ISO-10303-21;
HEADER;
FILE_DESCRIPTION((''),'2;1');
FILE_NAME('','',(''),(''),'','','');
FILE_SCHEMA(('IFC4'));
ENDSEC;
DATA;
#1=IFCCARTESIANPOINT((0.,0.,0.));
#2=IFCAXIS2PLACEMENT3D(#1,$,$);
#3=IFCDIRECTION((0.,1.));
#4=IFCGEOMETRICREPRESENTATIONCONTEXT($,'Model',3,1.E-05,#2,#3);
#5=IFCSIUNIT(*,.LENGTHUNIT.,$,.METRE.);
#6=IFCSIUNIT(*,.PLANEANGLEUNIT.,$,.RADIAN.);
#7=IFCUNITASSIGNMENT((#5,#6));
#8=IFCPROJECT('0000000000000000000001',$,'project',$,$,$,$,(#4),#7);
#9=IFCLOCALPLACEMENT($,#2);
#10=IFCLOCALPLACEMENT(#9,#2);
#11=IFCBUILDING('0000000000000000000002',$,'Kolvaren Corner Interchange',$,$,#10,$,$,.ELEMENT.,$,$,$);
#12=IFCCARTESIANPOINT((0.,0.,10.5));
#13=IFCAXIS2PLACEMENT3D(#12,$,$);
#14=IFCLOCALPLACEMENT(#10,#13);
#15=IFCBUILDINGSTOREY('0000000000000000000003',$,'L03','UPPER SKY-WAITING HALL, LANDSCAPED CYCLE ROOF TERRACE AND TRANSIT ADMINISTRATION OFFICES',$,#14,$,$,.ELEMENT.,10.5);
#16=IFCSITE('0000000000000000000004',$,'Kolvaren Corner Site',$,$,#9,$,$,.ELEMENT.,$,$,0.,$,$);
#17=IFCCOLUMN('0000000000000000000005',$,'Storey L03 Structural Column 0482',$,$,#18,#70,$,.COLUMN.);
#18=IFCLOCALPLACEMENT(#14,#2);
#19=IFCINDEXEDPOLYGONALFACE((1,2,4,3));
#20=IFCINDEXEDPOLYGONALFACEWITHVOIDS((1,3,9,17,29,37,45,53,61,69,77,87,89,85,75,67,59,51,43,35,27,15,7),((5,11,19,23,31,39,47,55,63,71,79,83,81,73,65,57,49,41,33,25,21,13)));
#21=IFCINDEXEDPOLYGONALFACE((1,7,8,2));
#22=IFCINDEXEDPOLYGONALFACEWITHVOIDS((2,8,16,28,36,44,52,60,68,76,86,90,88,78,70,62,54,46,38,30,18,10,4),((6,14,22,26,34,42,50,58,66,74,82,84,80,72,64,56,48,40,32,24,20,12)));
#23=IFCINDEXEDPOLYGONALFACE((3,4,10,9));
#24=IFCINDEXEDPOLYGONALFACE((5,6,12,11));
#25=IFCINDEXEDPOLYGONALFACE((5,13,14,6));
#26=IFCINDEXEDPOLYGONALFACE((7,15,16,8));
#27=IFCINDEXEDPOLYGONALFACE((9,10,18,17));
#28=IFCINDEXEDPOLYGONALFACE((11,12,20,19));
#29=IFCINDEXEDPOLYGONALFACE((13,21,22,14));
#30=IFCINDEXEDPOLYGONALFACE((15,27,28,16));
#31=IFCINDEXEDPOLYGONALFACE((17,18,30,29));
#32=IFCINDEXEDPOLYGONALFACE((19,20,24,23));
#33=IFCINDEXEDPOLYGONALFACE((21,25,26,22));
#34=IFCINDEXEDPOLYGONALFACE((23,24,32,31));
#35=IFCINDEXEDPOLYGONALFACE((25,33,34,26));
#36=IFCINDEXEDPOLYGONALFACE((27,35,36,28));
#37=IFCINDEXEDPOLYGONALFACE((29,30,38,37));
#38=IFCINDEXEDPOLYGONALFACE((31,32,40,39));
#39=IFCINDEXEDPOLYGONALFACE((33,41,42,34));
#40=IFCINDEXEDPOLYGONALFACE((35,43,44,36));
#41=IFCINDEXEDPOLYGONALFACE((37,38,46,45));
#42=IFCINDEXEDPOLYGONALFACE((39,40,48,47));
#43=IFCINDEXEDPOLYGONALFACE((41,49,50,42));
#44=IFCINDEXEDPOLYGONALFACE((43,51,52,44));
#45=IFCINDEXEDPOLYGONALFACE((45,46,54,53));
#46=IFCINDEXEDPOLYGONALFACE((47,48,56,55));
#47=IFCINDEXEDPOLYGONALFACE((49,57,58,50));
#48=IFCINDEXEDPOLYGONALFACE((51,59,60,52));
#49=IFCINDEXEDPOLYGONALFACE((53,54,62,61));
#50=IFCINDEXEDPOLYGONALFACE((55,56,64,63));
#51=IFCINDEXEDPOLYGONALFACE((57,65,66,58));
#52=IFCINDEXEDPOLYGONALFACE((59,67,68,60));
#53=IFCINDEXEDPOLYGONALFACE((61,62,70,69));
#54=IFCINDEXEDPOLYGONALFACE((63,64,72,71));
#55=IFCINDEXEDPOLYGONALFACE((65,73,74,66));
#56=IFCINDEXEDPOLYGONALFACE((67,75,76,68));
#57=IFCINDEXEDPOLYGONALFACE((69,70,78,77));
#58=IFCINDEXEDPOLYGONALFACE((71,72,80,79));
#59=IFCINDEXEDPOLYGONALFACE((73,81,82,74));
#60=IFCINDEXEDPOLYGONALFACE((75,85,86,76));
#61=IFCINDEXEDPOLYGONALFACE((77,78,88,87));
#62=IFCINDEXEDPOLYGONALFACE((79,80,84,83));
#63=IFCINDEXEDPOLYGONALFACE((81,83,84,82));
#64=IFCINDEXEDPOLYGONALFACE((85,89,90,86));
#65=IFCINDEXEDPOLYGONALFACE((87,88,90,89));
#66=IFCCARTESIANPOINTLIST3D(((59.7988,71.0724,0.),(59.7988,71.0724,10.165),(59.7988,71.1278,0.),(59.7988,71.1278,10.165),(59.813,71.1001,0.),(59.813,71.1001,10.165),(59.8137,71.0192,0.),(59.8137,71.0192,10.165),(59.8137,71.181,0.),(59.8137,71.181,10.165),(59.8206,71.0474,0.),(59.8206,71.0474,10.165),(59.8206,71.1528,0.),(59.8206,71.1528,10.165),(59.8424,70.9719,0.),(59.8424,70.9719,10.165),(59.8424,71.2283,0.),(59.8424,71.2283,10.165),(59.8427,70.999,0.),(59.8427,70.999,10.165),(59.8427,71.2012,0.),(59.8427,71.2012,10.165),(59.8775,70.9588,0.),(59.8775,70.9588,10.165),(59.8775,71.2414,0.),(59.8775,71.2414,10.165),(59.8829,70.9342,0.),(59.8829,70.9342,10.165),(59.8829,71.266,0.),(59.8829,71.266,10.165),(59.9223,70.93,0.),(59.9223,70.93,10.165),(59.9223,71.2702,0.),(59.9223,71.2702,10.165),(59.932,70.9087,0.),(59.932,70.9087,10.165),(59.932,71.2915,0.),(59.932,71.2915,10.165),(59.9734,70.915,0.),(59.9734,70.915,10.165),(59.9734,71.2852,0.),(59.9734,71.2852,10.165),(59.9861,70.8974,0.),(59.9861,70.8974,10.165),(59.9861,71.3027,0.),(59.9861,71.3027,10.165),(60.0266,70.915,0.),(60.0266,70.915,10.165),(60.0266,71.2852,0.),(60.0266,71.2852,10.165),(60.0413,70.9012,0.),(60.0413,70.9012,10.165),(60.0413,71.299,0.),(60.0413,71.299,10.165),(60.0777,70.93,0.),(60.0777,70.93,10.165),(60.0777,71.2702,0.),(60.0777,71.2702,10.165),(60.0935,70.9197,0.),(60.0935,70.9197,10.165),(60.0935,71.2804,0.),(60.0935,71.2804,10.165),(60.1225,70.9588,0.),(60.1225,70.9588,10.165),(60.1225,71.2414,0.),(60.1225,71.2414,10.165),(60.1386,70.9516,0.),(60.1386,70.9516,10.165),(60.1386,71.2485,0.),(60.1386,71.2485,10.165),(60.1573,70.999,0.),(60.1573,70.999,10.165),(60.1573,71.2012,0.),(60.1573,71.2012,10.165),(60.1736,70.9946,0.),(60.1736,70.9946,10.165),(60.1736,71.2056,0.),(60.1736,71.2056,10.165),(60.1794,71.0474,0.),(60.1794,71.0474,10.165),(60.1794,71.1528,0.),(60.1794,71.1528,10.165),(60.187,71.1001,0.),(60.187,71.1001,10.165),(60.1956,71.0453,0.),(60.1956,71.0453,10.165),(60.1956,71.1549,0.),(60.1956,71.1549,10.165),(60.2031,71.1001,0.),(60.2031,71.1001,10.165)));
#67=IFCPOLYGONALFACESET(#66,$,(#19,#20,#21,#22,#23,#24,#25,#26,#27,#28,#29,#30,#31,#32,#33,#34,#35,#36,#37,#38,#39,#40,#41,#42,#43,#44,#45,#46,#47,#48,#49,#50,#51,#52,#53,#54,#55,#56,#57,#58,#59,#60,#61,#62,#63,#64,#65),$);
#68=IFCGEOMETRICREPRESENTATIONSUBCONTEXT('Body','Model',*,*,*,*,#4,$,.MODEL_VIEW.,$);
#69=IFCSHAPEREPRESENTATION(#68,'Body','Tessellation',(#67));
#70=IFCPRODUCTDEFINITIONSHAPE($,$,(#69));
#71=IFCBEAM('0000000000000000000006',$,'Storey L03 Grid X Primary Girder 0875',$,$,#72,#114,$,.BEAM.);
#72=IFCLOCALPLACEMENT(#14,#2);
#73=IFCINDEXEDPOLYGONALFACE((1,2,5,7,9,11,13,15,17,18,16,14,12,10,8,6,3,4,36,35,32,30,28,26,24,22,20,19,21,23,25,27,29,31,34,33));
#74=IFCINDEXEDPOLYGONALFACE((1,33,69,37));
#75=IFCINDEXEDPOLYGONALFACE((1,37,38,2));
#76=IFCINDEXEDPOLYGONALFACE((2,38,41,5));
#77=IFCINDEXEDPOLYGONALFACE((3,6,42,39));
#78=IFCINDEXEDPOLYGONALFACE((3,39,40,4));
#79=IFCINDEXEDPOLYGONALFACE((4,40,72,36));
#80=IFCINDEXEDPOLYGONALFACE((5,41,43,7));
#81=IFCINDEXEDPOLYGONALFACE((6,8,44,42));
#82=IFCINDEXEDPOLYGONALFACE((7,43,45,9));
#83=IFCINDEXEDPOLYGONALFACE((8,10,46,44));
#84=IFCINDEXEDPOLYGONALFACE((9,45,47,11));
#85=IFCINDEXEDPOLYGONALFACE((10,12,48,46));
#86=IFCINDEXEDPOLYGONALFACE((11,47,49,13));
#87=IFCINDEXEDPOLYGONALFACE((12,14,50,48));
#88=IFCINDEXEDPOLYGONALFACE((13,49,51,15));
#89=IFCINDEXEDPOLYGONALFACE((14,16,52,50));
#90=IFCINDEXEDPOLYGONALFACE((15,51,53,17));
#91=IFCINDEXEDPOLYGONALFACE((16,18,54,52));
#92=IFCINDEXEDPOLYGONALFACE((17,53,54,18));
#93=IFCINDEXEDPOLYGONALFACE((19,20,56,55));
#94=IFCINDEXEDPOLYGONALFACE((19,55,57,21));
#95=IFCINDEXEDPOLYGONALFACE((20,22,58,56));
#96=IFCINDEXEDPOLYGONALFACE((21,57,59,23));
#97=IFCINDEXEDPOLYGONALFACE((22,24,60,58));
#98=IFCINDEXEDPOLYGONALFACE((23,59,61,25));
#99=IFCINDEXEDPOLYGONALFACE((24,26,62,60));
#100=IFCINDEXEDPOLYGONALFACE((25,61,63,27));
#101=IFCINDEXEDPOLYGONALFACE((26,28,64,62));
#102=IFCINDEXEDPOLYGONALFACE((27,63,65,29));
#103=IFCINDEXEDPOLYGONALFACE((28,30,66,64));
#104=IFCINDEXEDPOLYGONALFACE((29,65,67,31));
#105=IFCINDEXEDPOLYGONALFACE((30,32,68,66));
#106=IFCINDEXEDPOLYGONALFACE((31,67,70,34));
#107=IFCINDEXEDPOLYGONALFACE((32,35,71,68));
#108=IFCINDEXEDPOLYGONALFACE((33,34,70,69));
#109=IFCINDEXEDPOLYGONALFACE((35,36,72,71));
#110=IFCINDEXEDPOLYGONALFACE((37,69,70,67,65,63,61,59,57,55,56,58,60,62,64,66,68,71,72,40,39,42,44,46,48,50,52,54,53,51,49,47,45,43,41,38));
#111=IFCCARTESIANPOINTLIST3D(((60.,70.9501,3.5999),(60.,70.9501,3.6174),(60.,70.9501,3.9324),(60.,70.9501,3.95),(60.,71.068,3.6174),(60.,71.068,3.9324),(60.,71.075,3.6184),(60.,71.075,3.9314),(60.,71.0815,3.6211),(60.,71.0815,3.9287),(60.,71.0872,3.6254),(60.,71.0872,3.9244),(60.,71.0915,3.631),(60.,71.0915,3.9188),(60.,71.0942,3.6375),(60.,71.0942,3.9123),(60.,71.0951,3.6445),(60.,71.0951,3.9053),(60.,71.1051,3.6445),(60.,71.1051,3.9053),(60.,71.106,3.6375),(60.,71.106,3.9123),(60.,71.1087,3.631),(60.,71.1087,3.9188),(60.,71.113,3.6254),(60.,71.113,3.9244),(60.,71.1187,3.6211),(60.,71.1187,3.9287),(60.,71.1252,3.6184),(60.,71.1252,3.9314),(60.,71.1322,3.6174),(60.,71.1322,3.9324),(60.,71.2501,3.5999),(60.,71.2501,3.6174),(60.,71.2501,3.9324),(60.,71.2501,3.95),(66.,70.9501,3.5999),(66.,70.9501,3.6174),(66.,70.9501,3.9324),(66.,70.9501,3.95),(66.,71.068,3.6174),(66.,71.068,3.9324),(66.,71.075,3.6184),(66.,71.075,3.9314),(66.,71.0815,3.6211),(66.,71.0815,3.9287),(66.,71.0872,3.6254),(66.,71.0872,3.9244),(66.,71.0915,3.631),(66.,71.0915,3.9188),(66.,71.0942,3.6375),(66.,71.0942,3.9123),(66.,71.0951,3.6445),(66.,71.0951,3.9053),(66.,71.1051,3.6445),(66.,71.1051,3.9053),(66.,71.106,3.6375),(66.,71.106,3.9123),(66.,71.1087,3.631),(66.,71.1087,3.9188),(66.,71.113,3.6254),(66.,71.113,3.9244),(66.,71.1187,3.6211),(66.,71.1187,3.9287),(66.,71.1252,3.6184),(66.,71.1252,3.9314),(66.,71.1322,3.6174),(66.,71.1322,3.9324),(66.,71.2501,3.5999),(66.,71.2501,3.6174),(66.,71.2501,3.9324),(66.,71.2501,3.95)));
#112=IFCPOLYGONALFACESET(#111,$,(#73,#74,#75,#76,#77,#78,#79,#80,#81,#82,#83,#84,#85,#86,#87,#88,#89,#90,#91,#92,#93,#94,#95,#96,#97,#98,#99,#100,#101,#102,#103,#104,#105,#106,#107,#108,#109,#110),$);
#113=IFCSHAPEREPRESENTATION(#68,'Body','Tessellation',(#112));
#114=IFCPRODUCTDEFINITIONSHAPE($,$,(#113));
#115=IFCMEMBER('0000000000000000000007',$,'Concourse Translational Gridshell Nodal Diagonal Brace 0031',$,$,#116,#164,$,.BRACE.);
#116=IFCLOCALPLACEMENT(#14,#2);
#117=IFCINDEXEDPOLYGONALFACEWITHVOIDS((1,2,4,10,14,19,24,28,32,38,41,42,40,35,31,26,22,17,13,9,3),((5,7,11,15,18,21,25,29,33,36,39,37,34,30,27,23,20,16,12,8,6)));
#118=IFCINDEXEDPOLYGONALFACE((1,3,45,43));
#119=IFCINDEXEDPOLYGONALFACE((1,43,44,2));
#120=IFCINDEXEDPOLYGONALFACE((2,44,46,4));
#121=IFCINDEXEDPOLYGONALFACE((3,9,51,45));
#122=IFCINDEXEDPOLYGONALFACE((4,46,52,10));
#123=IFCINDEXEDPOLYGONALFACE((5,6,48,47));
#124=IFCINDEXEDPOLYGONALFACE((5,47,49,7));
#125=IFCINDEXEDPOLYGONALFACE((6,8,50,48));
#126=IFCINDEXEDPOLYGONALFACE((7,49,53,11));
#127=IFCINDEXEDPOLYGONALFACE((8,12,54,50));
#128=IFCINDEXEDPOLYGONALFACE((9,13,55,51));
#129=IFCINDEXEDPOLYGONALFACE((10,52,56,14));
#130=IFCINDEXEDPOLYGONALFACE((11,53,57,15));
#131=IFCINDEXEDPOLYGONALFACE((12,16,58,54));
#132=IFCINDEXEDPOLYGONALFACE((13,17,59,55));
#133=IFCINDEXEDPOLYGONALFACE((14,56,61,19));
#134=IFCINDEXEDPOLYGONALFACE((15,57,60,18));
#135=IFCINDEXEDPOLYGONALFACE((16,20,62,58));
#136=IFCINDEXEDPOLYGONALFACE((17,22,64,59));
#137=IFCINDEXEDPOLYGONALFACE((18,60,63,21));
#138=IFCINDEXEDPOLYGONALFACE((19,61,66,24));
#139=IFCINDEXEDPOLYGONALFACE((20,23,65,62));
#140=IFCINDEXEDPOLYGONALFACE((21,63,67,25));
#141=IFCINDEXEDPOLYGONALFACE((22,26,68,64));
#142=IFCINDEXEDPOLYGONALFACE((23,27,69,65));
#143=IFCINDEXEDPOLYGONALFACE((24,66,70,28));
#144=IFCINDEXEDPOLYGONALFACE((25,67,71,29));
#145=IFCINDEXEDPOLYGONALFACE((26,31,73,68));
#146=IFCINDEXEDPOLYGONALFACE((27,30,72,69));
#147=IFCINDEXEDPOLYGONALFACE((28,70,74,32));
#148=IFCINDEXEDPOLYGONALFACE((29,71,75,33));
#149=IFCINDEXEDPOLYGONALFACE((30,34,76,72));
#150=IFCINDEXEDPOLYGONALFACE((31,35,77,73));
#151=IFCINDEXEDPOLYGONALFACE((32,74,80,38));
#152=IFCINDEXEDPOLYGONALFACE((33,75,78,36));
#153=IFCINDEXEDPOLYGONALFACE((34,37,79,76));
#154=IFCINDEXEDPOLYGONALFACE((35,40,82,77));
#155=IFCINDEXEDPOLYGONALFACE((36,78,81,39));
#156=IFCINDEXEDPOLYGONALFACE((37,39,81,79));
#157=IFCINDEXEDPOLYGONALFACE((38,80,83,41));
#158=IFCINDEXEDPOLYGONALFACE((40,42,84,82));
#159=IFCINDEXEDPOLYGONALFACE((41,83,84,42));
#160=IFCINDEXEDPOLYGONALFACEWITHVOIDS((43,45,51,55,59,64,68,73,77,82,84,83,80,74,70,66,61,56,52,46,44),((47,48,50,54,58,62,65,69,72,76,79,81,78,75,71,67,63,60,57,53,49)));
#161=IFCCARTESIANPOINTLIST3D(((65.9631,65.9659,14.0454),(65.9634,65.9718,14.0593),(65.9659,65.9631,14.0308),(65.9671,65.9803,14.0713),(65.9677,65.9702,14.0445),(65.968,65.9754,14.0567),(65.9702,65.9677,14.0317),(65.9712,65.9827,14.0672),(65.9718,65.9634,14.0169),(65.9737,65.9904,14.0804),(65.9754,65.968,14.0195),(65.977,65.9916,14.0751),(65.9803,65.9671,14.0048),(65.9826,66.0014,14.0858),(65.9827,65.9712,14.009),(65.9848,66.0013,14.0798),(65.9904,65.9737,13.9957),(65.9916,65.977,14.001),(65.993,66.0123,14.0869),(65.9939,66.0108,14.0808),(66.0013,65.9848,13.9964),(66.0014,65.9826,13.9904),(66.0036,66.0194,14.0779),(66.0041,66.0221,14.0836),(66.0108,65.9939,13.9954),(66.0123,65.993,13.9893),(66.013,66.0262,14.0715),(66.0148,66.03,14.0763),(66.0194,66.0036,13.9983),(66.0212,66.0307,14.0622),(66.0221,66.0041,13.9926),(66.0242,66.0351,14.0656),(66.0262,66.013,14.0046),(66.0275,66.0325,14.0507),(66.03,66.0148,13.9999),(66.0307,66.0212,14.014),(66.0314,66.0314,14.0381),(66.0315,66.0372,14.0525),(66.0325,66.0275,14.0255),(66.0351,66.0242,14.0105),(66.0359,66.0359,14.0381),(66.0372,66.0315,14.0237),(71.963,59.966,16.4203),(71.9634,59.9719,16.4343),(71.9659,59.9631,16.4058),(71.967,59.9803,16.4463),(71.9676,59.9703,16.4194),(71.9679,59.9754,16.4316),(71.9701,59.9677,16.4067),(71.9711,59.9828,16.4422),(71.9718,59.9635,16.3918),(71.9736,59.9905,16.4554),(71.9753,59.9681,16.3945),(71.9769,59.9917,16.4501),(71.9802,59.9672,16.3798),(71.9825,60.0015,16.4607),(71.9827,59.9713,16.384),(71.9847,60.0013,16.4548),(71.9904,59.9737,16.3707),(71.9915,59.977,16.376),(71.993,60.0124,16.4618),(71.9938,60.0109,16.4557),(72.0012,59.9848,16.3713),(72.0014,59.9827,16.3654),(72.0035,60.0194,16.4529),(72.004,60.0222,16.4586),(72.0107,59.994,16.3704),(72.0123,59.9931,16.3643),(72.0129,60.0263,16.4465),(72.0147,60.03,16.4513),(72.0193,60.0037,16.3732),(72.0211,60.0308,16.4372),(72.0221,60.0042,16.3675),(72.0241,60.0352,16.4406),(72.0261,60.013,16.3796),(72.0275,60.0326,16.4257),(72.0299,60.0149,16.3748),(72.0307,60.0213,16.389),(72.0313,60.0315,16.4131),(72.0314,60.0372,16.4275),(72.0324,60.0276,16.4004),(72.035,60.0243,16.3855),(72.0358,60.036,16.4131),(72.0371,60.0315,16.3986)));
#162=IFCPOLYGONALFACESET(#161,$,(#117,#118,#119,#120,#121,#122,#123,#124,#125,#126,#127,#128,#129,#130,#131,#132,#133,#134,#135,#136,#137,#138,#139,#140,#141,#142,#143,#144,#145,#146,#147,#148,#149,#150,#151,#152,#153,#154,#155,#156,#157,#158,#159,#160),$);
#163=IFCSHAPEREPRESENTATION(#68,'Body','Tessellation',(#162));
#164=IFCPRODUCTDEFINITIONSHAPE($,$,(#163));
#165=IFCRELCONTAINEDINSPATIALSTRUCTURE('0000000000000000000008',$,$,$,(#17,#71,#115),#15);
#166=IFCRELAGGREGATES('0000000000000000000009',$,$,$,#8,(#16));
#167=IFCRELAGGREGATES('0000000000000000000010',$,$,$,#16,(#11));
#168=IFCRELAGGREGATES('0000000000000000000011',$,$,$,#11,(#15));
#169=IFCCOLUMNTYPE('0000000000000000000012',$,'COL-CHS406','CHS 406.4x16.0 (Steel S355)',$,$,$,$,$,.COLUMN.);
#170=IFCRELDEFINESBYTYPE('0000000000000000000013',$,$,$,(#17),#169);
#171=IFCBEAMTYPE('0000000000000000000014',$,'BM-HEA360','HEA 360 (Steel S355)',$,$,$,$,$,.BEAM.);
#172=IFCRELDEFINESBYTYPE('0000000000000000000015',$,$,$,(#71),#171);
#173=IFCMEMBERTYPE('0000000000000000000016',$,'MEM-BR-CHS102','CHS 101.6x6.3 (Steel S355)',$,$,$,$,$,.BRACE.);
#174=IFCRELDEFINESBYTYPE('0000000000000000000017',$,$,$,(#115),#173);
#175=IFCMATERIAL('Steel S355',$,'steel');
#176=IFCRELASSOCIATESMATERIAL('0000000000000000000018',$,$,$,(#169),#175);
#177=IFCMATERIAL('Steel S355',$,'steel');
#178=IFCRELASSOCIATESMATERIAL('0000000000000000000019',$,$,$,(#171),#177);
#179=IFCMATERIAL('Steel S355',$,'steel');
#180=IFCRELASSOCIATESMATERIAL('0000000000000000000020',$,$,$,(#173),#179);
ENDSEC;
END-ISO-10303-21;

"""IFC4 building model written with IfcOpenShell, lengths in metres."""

from ifc_helpers import new_model, si_unit, direction, frame, origin, origin_2d, place, context, subcontext, project, spatial, hollow_circle, i_section, extrude, material, material_profile, profile_set, type_object, element, save


model = new_model("IFC4")

# Units and contexts
model_context = context("Model", 3, precision=1e-05, world=origin(), true_north=direction((0.0, 1.0)))
body_context = subcontext(model_context, "Body", "Model", "MODEL_VIEW")
ifc_project = project(units=[si_unit("LENGTHUNIT", "METRE"), si_unit("PLANEANGLEUNIT", "RADIAN")], contexts=[model_context])

# Site, building, storey
site_placement = place(None, origin())
site = spatial("IfcSite", under=ifc_project, at=site_placement, Name="Kolvaren Corner Site", CompositionType="ELEMENT", RefElevation=0.0)
building_placement = place(site_placement, origin())
building = spatial("IfcBuilding", under=site, at=building_placement, Name="Kolvaren Corner Interchange", CompositionType="ELEMENT")
storey_placement = place(building_placement, frame((0.0, 0.0, 10.5)))
storey = spatial("IfcBuildingStorey", under=building, at=storey_placement, Name="L03", Description="UPPER SKY-WAITING HALL, LANDSCAPED CYCLE ROOF TERRACE AND TRANSIT ADMINISTRATION OFFICES", CompositionType="ELEMENT", Elevation=10.5)

# Column
ifc_material_1 = material(Name="Steel S355", Category="steel")
ifc_material_profile_1 = material_profile(ifc_material_1, hollow_circle(Radius=0.2031, WallThickness=0.0161, at=origin_2d()), Name="CHS 406.4x16.0")
ifc_profile_set_1 = profile_set([ifc_material_profile_1], Name="Steel S355")
column_type = type_object("IfcColumnType", Name="COL-CHS406", Description="CHS 406.4x16.0 (Steel S355)", PredefinedType="COLUMN", material=ifc_profile_set_1)
column_placement = place(storey_placement, frame((60.0, 71.1001, 0.0), z_axis=(0.0, 0.0, 1.0), x_axis=(1.0, 0.0, 0.0)))
element("IfcColumn", 1, at=column_placement, inside=storey, type_object=column_type, Name="Storey L03 Structural Column 0482", PredefinedType="COLUMN", context=body_context, shape_type="SweptSolid", body=[
    extrude(hollow_circle(Radius=0.2031, WallThickness=0.0161, at=origin_2d()), origin(), (0.0, 0.0, 1.0), 10.165),
])

# Beam
ifc_material_2 = material(Name="Steel S355", Category="steel")
ifc_material_profile_2 = material_profile(ifc_material_2, i_section(OverallWidth=0.3, OverallDepth=0.3501, WebThickness=0.01, FlangeThickness=0.0176, FilletRadius=0.0271, at=origin_2d()), Name="HEA 360")
ifc_profile_set_2 = profile_set([ifc_material_profile_2], Name="Steel S355")
beam_type = type_object("IfcBeamType", Name="BM-HEA360", Description="HEA 360 (Steel S355)", PredefinedType="BEAM", material=ifc_profile_set_2)
beam_placement = place(storey_placement, frame((60.0, 71.1001, 3.7749), z_axis=(1.0, 0.0, 0.0), x_axis=(0.0, 1.0, 0.0)))
element("IfcBeam", 2, at=beam_placement, inside=storey, type_object=beam_type, Name="Storey L03 Grid X Primary Girder 0875", PredefinedType="BEAM", context=body_context, shape_type="SweptSolid", body=[
    extrude(i_section(OverallWidth=0.3, OverallDepth=0.3501, WebThickness=0.01, FlangeThickness=0.0176, FilletRadius=0.0271, at=origin_2d()), origin(), (0.0, 0.0, 1.0), 6.0),
])

# Member
ifc_material_3 = material(Name="Steel S355", Category="steel")
ifc_material_profile_3 = material_profile(ifc_material_3, hollow_circle(Radius=0.0508, WallThickness=0.0063, at=origin_2d()), Name="CHS 101.6x6.3")
ifc_profile_set_3 = profile_set([ifc_material_profile_3], Name="Steel S355")
member_type_1 = type_object("IfcMemberType", Name="MEM-BR-CHS102", Description="CHS 101.6x6.3 (Steel S355)", PredefinedType="BRACE", material=ifc_profile_set_3)
member_1_placement = place(storey_placement, frame((66.0, 66.0, 14.0381), z_axis=(0.680937, -0.680937, 0.269537), x_axis=(0.707107, 0.707107, 0.0)))
element("IfcMember", 3, at=member_1_placement, inside=storey, type_object=member_type_1, Name="Concourse Translational Gridshell Nodal Diagonal Brace 0031", PredefinedType="BRACE", context=body_context, shape_type="SweptSolid", body=[
    extrude(hollow_circle(Radius=0.0508, WallThickness=0.0063, at=origin_2d()), origin(), (0.0, 0.0, 1.0), 8.8113),
])

save(model, "model.ifc")
